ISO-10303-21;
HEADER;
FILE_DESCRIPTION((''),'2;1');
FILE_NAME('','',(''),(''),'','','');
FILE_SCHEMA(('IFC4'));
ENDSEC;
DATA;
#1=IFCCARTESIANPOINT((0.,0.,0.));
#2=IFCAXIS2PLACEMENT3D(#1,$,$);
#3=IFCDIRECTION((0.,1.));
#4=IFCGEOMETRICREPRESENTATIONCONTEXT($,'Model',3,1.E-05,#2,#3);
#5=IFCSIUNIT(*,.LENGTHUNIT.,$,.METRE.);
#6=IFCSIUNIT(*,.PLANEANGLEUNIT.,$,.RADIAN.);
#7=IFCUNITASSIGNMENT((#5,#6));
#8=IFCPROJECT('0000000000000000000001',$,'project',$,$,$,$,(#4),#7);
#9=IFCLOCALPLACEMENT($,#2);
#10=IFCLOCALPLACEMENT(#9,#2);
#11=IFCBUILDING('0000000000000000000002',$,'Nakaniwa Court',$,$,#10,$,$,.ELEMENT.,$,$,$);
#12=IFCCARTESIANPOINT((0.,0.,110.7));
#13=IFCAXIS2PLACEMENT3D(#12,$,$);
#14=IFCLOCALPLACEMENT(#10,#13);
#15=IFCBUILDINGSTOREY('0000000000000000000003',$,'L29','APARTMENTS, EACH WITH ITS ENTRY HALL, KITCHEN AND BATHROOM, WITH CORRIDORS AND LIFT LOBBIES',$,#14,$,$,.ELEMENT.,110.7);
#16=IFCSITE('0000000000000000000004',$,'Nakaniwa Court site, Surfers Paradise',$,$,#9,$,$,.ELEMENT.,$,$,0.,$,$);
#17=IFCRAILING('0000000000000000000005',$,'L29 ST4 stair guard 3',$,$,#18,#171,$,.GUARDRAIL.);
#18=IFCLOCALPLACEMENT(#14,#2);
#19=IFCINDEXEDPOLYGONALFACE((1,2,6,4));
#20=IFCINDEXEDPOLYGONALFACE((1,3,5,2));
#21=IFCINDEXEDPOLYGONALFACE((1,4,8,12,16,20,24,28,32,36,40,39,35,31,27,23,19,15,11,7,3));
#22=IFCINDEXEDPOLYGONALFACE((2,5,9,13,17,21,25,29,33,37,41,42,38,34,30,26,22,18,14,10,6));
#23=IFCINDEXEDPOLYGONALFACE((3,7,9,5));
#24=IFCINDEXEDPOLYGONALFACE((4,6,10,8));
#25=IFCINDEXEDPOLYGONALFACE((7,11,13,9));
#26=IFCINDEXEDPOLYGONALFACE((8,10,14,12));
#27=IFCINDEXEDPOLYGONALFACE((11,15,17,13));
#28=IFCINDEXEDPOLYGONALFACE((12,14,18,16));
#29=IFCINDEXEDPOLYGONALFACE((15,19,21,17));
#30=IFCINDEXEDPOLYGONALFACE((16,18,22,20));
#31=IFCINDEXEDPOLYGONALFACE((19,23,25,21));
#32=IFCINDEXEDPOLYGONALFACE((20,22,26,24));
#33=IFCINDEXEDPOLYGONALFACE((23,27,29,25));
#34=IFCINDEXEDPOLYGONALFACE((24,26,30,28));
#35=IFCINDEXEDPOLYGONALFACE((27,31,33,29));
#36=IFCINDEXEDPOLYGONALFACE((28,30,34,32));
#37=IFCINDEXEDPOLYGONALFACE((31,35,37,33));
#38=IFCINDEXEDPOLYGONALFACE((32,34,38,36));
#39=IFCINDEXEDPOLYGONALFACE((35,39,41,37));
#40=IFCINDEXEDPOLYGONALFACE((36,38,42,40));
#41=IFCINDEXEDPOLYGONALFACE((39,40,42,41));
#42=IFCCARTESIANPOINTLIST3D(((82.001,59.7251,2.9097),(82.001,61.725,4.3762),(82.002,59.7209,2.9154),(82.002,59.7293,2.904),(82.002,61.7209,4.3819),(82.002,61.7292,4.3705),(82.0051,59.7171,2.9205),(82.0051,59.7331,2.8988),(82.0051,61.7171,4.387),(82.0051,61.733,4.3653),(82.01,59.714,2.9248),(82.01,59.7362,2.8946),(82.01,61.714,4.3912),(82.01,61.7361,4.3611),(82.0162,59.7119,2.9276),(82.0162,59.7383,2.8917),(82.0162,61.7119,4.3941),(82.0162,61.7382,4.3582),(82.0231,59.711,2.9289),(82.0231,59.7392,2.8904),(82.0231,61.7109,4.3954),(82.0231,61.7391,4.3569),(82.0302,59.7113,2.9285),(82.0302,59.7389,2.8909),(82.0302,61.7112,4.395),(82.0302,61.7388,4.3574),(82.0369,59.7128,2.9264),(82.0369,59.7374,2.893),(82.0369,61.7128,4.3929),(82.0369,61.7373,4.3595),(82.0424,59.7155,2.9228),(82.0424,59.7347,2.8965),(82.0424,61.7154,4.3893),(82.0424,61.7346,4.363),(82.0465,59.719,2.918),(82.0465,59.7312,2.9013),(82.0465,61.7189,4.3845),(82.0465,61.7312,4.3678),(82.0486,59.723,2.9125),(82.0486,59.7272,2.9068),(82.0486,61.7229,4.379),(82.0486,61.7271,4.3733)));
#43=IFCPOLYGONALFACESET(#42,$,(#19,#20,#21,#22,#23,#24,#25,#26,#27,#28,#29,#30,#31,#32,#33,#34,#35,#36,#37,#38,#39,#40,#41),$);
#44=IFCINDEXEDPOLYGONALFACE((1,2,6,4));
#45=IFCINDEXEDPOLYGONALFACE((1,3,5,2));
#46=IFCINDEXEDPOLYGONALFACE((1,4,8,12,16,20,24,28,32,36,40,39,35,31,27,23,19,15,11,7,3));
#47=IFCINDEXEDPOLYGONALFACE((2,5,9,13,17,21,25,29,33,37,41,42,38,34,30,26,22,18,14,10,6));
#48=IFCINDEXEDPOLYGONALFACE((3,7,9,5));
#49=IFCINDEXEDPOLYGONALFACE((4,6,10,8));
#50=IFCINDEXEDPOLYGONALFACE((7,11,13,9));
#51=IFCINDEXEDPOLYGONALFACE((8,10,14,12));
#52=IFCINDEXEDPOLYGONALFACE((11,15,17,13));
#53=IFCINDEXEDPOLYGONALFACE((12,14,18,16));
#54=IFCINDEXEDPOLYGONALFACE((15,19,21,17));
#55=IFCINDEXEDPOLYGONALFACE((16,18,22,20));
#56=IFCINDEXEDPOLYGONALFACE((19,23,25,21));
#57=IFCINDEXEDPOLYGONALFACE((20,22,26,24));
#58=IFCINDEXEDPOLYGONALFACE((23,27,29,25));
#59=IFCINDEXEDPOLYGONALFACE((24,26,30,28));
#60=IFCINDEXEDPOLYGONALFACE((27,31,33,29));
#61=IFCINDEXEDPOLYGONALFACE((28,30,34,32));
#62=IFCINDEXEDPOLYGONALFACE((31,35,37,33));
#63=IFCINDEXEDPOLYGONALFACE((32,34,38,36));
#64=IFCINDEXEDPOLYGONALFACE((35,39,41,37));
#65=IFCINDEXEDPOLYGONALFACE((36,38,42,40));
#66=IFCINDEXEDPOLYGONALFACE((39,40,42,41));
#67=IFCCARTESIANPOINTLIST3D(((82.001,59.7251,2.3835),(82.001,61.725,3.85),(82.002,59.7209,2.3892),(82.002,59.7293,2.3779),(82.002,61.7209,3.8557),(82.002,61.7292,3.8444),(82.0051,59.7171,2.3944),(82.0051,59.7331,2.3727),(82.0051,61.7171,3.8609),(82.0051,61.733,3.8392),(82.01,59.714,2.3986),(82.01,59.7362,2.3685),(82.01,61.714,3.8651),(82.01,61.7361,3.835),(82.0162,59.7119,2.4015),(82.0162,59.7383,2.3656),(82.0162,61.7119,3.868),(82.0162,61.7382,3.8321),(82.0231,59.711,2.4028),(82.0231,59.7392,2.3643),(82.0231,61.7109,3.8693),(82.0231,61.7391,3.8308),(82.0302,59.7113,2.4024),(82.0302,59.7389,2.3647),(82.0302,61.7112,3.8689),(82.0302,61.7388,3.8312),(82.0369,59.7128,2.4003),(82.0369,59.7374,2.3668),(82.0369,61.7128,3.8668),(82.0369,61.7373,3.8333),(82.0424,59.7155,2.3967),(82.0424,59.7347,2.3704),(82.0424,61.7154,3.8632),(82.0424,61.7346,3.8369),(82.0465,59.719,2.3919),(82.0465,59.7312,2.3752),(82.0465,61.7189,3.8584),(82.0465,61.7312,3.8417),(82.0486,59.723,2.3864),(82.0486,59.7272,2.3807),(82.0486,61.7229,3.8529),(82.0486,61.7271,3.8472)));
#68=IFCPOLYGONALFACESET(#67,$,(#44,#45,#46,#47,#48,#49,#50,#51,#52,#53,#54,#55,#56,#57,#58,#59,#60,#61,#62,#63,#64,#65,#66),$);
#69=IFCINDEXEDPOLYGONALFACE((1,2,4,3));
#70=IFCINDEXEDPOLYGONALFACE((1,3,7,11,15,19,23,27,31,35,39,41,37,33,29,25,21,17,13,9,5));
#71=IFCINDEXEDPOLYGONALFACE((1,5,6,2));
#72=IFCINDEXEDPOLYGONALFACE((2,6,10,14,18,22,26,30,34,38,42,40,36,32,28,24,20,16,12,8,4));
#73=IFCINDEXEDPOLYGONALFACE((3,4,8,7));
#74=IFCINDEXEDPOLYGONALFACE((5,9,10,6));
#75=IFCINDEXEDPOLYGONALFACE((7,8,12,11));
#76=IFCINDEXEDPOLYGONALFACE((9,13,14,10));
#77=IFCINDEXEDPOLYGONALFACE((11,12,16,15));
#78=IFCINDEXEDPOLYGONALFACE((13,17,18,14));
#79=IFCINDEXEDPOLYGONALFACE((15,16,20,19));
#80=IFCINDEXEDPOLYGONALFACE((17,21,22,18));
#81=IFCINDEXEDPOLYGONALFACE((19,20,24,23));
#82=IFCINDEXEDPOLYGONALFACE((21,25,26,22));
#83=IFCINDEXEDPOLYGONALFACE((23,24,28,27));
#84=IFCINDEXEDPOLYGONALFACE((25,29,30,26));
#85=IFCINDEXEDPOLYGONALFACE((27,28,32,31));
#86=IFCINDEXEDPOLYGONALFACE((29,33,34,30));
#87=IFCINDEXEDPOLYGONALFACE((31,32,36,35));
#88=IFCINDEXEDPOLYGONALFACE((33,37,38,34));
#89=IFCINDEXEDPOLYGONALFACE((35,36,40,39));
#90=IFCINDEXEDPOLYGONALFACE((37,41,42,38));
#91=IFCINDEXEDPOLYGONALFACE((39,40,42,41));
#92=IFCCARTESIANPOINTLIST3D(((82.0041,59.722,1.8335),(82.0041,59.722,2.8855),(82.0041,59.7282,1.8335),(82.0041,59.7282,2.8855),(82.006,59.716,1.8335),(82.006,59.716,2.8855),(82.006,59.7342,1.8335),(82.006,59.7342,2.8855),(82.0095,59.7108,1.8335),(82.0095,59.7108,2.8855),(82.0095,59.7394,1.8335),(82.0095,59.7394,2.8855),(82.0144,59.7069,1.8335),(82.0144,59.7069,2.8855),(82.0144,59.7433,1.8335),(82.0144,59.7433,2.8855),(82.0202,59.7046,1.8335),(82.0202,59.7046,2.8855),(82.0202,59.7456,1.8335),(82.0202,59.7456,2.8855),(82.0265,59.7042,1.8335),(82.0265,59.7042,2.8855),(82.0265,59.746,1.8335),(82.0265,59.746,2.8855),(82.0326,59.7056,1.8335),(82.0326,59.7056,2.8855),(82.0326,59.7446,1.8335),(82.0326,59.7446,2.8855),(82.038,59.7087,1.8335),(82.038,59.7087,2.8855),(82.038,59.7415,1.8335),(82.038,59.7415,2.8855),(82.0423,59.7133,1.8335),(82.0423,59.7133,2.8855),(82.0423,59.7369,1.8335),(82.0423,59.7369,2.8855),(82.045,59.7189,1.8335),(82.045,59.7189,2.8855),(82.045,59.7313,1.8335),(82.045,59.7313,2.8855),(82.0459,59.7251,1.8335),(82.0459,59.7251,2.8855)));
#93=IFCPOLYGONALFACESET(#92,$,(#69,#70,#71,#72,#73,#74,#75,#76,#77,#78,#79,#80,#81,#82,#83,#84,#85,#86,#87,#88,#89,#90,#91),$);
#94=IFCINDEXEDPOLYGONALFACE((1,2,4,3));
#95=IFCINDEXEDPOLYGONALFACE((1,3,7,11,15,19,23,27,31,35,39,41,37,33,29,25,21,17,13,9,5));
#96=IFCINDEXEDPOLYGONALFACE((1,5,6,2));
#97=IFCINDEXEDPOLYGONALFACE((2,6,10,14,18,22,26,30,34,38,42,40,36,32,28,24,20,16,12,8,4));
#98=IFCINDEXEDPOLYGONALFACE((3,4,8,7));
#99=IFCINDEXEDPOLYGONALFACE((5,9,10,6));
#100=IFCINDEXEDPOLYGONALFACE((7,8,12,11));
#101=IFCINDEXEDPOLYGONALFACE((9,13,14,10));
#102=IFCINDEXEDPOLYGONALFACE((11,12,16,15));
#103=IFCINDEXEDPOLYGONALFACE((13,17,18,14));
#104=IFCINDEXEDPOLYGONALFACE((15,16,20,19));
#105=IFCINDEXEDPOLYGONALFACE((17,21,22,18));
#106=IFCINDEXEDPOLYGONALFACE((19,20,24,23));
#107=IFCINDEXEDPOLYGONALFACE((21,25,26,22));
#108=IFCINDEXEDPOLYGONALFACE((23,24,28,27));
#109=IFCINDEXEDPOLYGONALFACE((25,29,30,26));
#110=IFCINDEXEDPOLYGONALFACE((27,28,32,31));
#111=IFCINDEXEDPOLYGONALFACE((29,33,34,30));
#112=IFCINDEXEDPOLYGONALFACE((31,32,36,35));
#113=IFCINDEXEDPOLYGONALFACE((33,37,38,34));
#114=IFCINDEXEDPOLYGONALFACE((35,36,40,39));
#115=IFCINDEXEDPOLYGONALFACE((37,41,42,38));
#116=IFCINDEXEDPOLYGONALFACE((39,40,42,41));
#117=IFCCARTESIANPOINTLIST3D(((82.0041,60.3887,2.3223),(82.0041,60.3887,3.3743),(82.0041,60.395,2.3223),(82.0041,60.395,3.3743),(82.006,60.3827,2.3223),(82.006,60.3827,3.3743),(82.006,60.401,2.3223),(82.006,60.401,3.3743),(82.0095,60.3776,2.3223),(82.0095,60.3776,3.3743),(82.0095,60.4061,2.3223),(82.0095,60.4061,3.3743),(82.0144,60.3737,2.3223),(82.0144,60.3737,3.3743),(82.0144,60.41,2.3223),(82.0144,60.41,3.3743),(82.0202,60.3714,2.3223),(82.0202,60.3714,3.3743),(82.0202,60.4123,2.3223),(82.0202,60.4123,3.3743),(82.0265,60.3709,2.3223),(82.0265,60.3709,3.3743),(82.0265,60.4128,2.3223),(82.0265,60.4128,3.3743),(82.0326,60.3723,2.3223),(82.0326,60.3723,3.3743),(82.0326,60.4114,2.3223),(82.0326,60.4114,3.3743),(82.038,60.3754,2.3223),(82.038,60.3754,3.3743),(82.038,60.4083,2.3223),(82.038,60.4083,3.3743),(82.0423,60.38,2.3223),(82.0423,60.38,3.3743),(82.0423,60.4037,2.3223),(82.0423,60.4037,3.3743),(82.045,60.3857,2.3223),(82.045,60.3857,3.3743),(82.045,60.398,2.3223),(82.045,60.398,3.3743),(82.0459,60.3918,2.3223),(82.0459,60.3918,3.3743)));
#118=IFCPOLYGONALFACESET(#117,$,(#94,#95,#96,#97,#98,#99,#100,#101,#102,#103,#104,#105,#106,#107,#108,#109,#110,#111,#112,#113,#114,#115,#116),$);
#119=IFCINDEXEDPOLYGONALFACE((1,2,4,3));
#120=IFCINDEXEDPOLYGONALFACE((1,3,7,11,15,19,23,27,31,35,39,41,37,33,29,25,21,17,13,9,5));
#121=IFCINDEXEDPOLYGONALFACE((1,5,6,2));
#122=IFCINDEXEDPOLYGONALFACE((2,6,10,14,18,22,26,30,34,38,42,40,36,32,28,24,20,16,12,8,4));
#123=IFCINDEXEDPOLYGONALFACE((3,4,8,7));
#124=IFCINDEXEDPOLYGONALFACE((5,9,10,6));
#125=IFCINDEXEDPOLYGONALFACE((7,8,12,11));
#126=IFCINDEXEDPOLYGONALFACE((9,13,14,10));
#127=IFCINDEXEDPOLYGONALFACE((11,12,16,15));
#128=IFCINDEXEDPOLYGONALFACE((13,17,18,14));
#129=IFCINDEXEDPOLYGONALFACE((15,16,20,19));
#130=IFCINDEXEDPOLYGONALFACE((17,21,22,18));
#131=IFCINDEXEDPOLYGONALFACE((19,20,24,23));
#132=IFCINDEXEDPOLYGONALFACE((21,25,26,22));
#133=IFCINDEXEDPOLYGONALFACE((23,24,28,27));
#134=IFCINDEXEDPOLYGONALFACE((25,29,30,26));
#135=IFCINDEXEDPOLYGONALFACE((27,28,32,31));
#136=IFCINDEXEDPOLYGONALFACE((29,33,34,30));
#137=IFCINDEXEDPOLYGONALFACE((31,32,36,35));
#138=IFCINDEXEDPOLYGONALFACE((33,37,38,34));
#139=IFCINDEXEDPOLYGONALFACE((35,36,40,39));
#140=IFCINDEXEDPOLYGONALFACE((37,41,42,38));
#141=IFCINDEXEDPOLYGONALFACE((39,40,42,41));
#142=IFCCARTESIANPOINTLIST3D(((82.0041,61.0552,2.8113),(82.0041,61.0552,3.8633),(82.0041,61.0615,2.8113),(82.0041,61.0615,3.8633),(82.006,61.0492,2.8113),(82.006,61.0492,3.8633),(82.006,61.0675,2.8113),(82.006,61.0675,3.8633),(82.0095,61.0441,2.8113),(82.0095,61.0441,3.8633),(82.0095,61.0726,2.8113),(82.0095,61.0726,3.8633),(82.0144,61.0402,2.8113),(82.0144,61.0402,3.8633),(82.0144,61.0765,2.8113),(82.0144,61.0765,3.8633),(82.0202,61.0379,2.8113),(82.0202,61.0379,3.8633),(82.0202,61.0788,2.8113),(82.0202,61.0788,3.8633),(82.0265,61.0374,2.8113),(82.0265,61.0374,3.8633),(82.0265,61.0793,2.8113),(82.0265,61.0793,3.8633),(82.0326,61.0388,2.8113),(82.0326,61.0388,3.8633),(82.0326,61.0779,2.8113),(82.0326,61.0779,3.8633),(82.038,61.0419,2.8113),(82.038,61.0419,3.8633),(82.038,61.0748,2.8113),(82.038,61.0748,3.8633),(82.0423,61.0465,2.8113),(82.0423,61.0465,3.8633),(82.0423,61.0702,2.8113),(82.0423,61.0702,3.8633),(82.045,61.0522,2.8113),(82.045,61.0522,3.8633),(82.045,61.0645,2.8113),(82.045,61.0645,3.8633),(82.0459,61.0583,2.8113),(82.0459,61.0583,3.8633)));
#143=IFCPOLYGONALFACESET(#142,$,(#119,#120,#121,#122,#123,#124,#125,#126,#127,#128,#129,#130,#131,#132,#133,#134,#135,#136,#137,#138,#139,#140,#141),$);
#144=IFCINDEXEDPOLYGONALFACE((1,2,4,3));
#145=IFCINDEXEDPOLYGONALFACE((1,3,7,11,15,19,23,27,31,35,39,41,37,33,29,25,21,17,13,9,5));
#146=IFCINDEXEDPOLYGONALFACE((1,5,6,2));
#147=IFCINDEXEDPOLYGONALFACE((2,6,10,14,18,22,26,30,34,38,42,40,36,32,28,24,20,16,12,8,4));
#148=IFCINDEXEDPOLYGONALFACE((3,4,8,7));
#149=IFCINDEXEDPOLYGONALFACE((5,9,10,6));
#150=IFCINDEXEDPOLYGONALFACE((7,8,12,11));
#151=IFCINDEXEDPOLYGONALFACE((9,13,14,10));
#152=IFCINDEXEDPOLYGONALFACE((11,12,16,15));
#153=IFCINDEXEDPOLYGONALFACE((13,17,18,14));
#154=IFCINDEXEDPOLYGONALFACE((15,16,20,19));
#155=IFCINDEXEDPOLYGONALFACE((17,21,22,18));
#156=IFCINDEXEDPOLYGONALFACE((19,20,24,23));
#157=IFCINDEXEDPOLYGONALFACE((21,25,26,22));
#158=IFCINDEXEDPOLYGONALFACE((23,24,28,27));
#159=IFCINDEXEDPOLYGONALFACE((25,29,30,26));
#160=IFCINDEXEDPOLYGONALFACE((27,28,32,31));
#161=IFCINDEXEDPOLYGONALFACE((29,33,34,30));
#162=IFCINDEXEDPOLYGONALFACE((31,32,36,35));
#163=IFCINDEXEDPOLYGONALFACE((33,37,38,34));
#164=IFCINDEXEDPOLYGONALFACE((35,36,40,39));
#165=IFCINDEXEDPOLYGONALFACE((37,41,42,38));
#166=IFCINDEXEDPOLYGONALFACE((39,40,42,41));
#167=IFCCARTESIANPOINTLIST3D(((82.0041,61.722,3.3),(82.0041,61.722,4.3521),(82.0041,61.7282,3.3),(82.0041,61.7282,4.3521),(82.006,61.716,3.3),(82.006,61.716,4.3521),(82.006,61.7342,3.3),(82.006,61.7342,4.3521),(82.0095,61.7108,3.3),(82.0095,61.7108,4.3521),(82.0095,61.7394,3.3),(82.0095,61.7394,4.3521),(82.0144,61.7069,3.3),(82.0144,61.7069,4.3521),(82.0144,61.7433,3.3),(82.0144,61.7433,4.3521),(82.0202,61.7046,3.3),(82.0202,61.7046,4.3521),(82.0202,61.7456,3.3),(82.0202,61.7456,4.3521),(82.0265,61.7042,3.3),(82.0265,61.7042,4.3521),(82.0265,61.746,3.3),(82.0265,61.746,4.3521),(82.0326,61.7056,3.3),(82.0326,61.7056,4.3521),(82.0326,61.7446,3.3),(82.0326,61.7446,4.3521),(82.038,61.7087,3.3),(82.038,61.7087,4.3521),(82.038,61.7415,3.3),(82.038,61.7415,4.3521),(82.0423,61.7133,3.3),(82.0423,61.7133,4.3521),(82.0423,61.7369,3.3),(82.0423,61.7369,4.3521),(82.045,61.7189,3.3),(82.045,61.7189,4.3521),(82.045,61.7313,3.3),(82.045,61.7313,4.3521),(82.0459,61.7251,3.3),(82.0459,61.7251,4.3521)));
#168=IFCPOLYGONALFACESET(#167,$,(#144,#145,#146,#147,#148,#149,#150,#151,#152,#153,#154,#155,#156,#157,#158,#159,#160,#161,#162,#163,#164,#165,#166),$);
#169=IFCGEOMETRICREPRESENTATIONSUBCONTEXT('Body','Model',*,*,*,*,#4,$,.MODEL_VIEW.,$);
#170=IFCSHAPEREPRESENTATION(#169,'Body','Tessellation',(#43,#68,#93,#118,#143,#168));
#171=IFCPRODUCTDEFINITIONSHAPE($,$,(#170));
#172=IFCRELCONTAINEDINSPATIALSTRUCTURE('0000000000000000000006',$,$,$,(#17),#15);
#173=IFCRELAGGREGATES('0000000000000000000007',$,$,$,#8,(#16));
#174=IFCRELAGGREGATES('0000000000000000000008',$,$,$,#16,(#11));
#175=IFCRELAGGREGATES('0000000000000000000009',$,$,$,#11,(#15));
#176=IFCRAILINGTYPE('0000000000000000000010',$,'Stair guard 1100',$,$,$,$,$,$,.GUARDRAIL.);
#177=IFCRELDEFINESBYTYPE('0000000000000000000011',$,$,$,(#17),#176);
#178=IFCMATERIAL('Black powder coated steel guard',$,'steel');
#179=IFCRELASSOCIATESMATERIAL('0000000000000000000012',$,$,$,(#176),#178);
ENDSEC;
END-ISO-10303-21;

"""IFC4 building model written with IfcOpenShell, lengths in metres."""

from ifc_helpers import new_model, si_unit, direction, frame, origin, origin_2d, place, context, subcontext, project, spatial, circle, extrude, material, type_object, element, save


model = new_model("IFC4")

# Units and contexts
model_context = context("Model", 3, precision=1e-05, world=origin(), true_north=direction((0.0, 1.0)))
body_context = subcontext(model_context, "Body", "Model", "MODEL_VIEW")
ifc_project = project(units=[si_unit("LENGTHUNIT", "METRE"), si_unit("PLANEANGLEUNIT", "RADIAN")], contexts=[model_context])

# Site, building, storey
site_placement = place(None, origin())
site = spatial("IfcSite", under=ifc_project, at=site_placement, Name="Nakaniwa Court site, Surfers Paradise", CompositionType="ELEMENT", RefElevation=0.0)
building_placement = place(site_placement, origin())
building = spatial("IfcBuilding", under=site, at=building_placement, Name="Nakaniwa Court", CompositionType="ELEMENT")
storey_placement = place(building_placement, frame((0.0, 0.0, 110.7)))
storey = spatial("IfcBuildingStorey", under=building, at=storey_placement, Name="L29", Description="APARTMENTS, EACH WITH ITS ENTRY HALL, KITCHEN AND BATHROOM, WITH CORRIDORS AND LIFT LOBBIES", CompositionType="ELEMENT", Elevation=110.7)

# Railing
ifc_material_1 = material(Name="Black powder coated steel guard", Category="steel")
railing_type_1 = type_object("IfcRailingType", Name="Stair guard 1100", PredefinedType="GUARDRAIL", material=ifc_material_1)
railing_1_placement = place(storey_placement, frame((82.0249, 59.7251, 1.8335)))
element("IfcRailing", 1, at=railing_1_placement, inside=storey, type_object=railing_type_1, Name="L29 ST4 stair guard 3", PredefinedType="GUARDRAIL", context=body_context, shape_type="SweptSolid", body=[
    extrude(circle(Radius=0.0239, at=origin_2d()), frame((0.0, 0.0, 1.0762), z_axis=(0.0, 0.806427, 0.591334), x_axis=(-1.0, 0.0, 0.0)), (0.0, 0.0, 1.0), 2.48),
    extrude(circle(Radius=0.0239, at=origin_2d()), frame((0.0, 0.0, 0.55), z_axis=(0.0, 0.806427, 0.591334), x_axis=(-1.0, 0.0, 0.0)), (0.0, 0.0, 1.0), 2.48),
    extrude(circle(Radius=0.021, at=origin_2d()), origin(), (0.0, 0.0, 1.0), 1.052),
    extrude(circle(Radius=0.021, at=origin_2d()), frame((0.0, 0.6667, 0.4888)), (0.0, 0.0, 1.0), 1.052),
    extrude(circle(Radius=0.021, at=origin_2d()), frame((0.0, 1.3333, 0.9778)), (0.0, 0.0, 1.0), 1.052),
    extrude(circle(Radius=0.021, at=origin_2d()), frame((0.0, 2.0, 1.4666)), (0.0, 0.0, 1.0), 1.052),
])

save(model, "model.ifc")
